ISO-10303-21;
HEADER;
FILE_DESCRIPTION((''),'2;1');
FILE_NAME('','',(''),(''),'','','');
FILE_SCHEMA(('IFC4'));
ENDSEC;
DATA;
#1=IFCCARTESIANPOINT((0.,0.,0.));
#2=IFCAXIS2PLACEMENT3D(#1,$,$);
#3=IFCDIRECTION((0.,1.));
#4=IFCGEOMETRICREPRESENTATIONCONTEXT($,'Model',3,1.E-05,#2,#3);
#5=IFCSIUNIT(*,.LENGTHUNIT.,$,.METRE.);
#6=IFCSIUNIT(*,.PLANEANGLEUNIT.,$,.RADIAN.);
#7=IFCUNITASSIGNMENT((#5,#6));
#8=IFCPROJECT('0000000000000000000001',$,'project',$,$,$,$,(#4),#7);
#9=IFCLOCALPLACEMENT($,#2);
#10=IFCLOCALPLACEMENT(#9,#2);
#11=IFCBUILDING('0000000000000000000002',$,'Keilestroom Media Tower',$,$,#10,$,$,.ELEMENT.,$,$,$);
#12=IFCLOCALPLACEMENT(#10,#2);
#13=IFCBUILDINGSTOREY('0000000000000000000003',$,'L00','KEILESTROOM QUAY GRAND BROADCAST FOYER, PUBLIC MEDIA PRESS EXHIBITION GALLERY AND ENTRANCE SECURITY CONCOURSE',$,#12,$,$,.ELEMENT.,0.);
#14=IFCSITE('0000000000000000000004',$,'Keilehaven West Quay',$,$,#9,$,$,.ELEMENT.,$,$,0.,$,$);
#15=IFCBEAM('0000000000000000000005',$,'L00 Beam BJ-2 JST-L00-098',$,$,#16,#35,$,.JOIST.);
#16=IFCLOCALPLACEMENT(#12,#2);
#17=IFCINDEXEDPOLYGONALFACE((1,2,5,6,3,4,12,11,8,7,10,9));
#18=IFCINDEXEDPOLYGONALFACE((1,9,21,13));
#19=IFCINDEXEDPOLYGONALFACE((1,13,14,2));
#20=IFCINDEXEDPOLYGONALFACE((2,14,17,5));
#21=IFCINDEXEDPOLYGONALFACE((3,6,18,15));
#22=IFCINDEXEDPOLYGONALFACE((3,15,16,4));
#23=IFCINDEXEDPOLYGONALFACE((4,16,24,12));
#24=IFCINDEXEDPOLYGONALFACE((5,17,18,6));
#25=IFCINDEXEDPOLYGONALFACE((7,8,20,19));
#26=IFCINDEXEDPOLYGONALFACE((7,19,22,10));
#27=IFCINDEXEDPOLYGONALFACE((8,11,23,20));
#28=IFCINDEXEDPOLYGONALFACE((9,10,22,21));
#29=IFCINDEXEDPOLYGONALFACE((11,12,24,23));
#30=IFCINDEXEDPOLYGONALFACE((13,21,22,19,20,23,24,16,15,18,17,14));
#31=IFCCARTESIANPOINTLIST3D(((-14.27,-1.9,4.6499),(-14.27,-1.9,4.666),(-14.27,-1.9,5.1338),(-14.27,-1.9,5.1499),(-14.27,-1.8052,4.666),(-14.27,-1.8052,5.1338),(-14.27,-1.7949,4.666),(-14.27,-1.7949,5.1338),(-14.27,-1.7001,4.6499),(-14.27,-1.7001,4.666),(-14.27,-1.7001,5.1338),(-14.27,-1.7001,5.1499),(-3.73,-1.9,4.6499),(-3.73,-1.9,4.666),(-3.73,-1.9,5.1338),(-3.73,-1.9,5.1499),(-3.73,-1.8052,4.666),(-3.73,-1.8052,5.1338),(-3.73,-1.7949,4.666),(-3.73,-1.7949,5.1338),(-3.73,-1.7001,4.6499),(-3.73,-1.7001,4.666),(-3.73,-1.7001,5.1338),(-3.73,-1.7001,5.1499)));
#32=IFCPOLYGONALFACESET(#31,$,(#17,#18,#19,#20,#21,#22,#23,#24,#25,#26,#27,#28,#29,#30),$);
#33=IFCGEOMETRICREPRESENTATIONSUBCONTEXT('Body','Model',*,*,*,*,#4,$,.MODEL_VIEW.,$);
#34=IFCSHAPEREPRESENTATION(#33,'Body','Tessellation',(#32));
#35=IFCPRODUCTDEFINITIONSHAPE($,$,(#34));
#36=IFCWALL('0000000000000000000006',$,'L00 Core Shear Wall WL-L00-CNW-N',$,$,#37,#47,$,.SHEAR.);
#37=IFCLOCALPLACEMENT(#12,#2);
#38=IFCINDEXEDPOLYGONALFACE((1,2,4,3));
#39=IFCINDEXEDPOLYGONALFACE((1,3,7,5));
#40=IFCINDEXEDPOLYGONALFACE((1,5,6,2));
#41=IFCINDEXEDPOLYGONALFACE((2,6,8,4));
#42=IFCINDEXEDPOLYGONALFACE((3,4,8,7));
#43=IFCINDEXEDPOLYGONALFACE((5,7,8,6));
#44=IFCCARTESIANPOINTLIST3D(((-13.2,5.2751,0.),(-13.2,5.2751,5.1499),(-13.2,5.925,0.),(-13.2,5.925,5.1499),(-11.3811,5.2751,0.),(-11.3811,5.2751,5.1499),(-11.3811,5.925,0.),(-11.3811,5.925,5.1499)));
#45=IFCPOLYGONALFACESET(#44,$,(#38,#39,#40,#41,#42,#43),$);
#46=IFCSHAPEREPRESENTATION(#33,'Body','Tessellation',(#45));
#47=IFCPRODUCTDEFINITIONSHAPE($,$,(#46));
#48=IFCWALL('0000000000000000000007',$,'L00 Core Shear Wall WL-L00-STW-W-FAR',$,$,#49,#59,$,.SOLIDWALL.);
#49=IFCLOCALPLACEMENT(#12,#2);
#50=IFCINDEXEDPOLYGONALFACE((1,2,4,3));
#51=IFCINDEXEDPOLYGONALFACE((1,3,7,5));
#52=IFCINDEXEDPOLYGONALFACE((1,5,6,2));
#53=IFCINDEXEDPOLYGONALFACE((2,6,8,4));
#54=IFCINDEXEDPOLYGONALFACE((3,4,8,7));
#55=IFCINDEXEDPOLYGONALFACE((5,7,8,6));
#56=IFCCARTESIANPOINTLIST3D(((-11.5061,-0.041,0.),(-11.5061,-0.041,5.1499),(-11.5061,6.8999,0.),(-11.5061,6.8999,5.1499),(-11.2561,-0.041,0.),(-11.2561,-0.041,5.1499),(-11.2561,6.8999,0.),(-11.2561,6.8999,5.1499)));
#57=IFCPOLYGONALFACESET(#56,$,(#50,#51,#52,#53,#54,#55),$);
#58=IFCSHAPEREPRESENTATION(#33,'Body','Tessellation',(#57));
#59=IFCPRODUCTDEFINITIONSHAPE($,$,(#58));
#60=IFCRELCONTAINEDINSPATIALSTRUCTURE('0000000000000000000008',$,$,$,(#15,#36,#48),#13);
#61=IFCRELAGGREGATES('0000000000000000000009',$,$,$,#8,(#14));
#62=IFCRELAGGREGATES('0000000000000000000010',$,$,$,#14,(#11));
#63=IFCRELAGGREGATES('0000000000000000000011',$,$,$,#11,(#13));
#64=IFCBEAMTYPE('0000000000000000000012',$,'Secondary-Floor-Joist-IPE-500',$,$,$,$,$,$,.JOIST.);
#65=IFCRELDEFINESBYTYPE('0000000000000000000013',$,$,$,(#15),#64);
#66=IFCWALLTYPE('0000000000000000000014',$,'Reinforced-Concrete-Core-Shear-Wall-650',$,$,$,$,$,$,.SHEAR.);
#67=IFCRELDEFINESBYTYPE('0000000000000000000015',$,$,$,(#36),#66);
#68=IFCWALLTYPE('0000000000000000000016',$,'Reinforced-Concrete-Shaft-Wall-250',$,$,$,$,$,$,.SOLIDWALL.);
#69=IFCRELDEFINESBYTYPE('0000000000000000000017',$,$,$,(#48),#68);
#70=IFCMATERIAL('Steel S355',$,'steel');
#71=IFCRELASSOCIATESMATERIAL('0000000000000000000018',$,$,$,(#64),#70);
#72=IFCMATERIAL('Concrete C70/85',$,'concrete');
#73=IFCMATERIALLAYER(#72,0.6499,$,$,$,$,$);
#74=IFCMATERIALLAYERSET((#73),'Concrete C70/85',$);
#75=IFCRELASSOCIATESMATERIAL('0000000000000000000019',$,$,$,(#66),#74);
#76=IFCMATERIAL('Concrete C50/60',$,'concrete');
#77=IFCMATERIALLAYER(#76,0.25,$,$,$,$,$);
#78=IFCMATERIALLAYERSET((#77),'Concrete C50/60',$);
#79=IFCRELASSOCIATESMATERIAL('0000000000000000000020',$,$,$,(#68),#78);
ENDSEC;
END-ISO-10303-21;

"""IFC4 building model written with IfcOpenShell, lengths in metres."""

from ifc_helpers import new_model, si_unit, direction, frame, frame_2d, origin, origin_2d, place, context, subcontext, project, spatial, rectangle, i_section, extrude, source, transform, mapped, material, layer, layer_set, material_profile, profile_set, type_object, element, save


model = new_model("IFC4")

# Units and contexts
model_context = context("Model", 3, precision=1e-05, world=origin(), true_north=direction((0.0, 1.0)))
body_context = subcontext(model_context, "Body", "Model", "MODEL_VIEW")
ifc_project = project(units=[si_unit("LENGTHUNIT", "METRE"), si_unit("PLANEANGLEUNIT", "RADIAN")], contexts=[model_context])

# Site, building, storey
site_placement = place(None, origin())
site = spatial("IfcSite", under=ifc_project, at=site_placement, Name="Keilehaven West Quay", CompositionType="ELEMENT", RefElevation=0.0)
building_placement = place(site_placement, origin())
building = spatial("IfcBuilding", under=site, at=building_placement, Name="Keilestroom Media Tower", CompositionType="ELEMENT")
storey_placement = place(building_placement, origin())
storey = spatial("IfcBuildingStorey", under=building, at=storey_placement, Name="L00", Description="KEILESTROOM QUAY GRAND BROADCAST FOYER, PUBLIC MEDIA PRESS EXHIBITION GALLERY AND ENTRANCE SECURITY CONCOURSE", CompositionType="ELEMENT", Elevation=0.0)

# Shared definitions
ifc_material_1 = material(Name="Concrete C70/85", Category="concrete")

# Beam
ifc_material_2 = material(Name="Steel S355", Category="steel")
ifc_material_profile_1 = material_profile(ifc_material_2, i_section(OverallWidth=0.2, OverallDepth=0.5, WebThickness=0.0103, FlangeThickness=0.0161, at=origin_2d()), Name="IPE 500")
ifc_profile_set_1 = profile_set([ifc_material_profile_1], Name="Steel S355")
beam_type_1 = type_object("IfcBeamType", Name="Secondary-Floor-Joist-IPE-500", PredefinedType="JOIST", material=ifc_profile_set_1)
shared_shape_1 = source(origin(), body_context, "Body", "SweptSolid", [
    extrude(i_section(OverallWidth=0.2, OverallDepth=0.5, WebThickness=0.0103, FlangeThickness=0.0161, at=origin_2d()), origin(), (0.0, 0.0, 1.0), 10.54),
])
beam_1_placement = place(storey_placement, frame((-14.27, -1.8, 4.8999), z_axis=(1.0, 0.0, 0.0), x_axis=(0.0, 1.0, 0.0)))
element("IfcBeam", 1, at=beam_1_placement, inside=storey, type_object=beam_type_1, Name="L00 Beam BJ-2 JST-L00-098", PredefinedType="JOIST", context=body_context, shape_type="MappedRepresentation", body=[
    mapped(shared_shape_1, transform((0.0, 0.0, 0.0), x_axis=(1.0, 0.0, 0.0), y_axis=(0.0, 1.0, 0.0), z_axis=(0.0, 0.0, 1.0), scale=1.0)),
])

# Walls
ifc_layer_1 = layer(ifc_material_1, 0.6499)
ifc_layer_set_1 = layer_set([ifc_layer_1], Name="Concrete C70/85")
wall_type_1 = type_object("IfcWallType", Name="Reinforced-Concrete-Core-Shear-Wall-650", PredefinedType="SHEAR", material=ifc_layer_set_1)
wall_1_placement = place(storey_placement, frame((-13.2, 5.6001, 0.0), z_axis=(0.0, 0.0, 1.0), x_axis=(1.0, 0.0, 0.0)))
element("IfcWall", 2, at=wall_1_placement, inside=storey, type_object=wall_type_1, Name="L00 Core Shear Wall WL-L00-CNW-N", PredefinedType="SHEAR", context=body_context, shape_type="SweptSolid", body=[
    extrude(rectangle(XDim=1.8188, YDim=0.6499, at=frame_2d((0.9094, 0.0))), origin(), (0.0, 0.0, 1.0), 5.1499),
])
ifc_material_3 = material(Name="Concrete C50/60", Category="concrete")
ifc_layer_2 = layer(ifc_material_3, 0.25)
ifc_layer_set_2 = layer_set([ifc_layer_2], Name="Concrete C50/60")
wall_type_2 = type_object("IfcWallType", Name="Reinforced-Concrete-Shaft-Wall-250", PredefinedType="SOLIDWALL", material=ifc_layer_set_2)
wall_2_placement = place(storey_placement, frame((-11.3811, -0.041, 0.0), z_axis=(0.0, 0.0, 1.0), x_axis=(0.0, 1.0, 0.0)))
element("IfcWall", 3, at=wall_2_placement, inside=storey, type_object=wall_type_2, Name="L00 Core Shear Wall WL-L00-STW-W-FAR", PredefinedType="SOLIDWALL", context=body_context, shape_type="SweptSolid", body=[
    extrude(rectangle(XDim=6.9409, YDim=0.25, at=frame_2d((3.4705, 0.0))), origin(), (0.0, 0.0, 1.0), 5.1499),
])

save(model, "model.ifc")
